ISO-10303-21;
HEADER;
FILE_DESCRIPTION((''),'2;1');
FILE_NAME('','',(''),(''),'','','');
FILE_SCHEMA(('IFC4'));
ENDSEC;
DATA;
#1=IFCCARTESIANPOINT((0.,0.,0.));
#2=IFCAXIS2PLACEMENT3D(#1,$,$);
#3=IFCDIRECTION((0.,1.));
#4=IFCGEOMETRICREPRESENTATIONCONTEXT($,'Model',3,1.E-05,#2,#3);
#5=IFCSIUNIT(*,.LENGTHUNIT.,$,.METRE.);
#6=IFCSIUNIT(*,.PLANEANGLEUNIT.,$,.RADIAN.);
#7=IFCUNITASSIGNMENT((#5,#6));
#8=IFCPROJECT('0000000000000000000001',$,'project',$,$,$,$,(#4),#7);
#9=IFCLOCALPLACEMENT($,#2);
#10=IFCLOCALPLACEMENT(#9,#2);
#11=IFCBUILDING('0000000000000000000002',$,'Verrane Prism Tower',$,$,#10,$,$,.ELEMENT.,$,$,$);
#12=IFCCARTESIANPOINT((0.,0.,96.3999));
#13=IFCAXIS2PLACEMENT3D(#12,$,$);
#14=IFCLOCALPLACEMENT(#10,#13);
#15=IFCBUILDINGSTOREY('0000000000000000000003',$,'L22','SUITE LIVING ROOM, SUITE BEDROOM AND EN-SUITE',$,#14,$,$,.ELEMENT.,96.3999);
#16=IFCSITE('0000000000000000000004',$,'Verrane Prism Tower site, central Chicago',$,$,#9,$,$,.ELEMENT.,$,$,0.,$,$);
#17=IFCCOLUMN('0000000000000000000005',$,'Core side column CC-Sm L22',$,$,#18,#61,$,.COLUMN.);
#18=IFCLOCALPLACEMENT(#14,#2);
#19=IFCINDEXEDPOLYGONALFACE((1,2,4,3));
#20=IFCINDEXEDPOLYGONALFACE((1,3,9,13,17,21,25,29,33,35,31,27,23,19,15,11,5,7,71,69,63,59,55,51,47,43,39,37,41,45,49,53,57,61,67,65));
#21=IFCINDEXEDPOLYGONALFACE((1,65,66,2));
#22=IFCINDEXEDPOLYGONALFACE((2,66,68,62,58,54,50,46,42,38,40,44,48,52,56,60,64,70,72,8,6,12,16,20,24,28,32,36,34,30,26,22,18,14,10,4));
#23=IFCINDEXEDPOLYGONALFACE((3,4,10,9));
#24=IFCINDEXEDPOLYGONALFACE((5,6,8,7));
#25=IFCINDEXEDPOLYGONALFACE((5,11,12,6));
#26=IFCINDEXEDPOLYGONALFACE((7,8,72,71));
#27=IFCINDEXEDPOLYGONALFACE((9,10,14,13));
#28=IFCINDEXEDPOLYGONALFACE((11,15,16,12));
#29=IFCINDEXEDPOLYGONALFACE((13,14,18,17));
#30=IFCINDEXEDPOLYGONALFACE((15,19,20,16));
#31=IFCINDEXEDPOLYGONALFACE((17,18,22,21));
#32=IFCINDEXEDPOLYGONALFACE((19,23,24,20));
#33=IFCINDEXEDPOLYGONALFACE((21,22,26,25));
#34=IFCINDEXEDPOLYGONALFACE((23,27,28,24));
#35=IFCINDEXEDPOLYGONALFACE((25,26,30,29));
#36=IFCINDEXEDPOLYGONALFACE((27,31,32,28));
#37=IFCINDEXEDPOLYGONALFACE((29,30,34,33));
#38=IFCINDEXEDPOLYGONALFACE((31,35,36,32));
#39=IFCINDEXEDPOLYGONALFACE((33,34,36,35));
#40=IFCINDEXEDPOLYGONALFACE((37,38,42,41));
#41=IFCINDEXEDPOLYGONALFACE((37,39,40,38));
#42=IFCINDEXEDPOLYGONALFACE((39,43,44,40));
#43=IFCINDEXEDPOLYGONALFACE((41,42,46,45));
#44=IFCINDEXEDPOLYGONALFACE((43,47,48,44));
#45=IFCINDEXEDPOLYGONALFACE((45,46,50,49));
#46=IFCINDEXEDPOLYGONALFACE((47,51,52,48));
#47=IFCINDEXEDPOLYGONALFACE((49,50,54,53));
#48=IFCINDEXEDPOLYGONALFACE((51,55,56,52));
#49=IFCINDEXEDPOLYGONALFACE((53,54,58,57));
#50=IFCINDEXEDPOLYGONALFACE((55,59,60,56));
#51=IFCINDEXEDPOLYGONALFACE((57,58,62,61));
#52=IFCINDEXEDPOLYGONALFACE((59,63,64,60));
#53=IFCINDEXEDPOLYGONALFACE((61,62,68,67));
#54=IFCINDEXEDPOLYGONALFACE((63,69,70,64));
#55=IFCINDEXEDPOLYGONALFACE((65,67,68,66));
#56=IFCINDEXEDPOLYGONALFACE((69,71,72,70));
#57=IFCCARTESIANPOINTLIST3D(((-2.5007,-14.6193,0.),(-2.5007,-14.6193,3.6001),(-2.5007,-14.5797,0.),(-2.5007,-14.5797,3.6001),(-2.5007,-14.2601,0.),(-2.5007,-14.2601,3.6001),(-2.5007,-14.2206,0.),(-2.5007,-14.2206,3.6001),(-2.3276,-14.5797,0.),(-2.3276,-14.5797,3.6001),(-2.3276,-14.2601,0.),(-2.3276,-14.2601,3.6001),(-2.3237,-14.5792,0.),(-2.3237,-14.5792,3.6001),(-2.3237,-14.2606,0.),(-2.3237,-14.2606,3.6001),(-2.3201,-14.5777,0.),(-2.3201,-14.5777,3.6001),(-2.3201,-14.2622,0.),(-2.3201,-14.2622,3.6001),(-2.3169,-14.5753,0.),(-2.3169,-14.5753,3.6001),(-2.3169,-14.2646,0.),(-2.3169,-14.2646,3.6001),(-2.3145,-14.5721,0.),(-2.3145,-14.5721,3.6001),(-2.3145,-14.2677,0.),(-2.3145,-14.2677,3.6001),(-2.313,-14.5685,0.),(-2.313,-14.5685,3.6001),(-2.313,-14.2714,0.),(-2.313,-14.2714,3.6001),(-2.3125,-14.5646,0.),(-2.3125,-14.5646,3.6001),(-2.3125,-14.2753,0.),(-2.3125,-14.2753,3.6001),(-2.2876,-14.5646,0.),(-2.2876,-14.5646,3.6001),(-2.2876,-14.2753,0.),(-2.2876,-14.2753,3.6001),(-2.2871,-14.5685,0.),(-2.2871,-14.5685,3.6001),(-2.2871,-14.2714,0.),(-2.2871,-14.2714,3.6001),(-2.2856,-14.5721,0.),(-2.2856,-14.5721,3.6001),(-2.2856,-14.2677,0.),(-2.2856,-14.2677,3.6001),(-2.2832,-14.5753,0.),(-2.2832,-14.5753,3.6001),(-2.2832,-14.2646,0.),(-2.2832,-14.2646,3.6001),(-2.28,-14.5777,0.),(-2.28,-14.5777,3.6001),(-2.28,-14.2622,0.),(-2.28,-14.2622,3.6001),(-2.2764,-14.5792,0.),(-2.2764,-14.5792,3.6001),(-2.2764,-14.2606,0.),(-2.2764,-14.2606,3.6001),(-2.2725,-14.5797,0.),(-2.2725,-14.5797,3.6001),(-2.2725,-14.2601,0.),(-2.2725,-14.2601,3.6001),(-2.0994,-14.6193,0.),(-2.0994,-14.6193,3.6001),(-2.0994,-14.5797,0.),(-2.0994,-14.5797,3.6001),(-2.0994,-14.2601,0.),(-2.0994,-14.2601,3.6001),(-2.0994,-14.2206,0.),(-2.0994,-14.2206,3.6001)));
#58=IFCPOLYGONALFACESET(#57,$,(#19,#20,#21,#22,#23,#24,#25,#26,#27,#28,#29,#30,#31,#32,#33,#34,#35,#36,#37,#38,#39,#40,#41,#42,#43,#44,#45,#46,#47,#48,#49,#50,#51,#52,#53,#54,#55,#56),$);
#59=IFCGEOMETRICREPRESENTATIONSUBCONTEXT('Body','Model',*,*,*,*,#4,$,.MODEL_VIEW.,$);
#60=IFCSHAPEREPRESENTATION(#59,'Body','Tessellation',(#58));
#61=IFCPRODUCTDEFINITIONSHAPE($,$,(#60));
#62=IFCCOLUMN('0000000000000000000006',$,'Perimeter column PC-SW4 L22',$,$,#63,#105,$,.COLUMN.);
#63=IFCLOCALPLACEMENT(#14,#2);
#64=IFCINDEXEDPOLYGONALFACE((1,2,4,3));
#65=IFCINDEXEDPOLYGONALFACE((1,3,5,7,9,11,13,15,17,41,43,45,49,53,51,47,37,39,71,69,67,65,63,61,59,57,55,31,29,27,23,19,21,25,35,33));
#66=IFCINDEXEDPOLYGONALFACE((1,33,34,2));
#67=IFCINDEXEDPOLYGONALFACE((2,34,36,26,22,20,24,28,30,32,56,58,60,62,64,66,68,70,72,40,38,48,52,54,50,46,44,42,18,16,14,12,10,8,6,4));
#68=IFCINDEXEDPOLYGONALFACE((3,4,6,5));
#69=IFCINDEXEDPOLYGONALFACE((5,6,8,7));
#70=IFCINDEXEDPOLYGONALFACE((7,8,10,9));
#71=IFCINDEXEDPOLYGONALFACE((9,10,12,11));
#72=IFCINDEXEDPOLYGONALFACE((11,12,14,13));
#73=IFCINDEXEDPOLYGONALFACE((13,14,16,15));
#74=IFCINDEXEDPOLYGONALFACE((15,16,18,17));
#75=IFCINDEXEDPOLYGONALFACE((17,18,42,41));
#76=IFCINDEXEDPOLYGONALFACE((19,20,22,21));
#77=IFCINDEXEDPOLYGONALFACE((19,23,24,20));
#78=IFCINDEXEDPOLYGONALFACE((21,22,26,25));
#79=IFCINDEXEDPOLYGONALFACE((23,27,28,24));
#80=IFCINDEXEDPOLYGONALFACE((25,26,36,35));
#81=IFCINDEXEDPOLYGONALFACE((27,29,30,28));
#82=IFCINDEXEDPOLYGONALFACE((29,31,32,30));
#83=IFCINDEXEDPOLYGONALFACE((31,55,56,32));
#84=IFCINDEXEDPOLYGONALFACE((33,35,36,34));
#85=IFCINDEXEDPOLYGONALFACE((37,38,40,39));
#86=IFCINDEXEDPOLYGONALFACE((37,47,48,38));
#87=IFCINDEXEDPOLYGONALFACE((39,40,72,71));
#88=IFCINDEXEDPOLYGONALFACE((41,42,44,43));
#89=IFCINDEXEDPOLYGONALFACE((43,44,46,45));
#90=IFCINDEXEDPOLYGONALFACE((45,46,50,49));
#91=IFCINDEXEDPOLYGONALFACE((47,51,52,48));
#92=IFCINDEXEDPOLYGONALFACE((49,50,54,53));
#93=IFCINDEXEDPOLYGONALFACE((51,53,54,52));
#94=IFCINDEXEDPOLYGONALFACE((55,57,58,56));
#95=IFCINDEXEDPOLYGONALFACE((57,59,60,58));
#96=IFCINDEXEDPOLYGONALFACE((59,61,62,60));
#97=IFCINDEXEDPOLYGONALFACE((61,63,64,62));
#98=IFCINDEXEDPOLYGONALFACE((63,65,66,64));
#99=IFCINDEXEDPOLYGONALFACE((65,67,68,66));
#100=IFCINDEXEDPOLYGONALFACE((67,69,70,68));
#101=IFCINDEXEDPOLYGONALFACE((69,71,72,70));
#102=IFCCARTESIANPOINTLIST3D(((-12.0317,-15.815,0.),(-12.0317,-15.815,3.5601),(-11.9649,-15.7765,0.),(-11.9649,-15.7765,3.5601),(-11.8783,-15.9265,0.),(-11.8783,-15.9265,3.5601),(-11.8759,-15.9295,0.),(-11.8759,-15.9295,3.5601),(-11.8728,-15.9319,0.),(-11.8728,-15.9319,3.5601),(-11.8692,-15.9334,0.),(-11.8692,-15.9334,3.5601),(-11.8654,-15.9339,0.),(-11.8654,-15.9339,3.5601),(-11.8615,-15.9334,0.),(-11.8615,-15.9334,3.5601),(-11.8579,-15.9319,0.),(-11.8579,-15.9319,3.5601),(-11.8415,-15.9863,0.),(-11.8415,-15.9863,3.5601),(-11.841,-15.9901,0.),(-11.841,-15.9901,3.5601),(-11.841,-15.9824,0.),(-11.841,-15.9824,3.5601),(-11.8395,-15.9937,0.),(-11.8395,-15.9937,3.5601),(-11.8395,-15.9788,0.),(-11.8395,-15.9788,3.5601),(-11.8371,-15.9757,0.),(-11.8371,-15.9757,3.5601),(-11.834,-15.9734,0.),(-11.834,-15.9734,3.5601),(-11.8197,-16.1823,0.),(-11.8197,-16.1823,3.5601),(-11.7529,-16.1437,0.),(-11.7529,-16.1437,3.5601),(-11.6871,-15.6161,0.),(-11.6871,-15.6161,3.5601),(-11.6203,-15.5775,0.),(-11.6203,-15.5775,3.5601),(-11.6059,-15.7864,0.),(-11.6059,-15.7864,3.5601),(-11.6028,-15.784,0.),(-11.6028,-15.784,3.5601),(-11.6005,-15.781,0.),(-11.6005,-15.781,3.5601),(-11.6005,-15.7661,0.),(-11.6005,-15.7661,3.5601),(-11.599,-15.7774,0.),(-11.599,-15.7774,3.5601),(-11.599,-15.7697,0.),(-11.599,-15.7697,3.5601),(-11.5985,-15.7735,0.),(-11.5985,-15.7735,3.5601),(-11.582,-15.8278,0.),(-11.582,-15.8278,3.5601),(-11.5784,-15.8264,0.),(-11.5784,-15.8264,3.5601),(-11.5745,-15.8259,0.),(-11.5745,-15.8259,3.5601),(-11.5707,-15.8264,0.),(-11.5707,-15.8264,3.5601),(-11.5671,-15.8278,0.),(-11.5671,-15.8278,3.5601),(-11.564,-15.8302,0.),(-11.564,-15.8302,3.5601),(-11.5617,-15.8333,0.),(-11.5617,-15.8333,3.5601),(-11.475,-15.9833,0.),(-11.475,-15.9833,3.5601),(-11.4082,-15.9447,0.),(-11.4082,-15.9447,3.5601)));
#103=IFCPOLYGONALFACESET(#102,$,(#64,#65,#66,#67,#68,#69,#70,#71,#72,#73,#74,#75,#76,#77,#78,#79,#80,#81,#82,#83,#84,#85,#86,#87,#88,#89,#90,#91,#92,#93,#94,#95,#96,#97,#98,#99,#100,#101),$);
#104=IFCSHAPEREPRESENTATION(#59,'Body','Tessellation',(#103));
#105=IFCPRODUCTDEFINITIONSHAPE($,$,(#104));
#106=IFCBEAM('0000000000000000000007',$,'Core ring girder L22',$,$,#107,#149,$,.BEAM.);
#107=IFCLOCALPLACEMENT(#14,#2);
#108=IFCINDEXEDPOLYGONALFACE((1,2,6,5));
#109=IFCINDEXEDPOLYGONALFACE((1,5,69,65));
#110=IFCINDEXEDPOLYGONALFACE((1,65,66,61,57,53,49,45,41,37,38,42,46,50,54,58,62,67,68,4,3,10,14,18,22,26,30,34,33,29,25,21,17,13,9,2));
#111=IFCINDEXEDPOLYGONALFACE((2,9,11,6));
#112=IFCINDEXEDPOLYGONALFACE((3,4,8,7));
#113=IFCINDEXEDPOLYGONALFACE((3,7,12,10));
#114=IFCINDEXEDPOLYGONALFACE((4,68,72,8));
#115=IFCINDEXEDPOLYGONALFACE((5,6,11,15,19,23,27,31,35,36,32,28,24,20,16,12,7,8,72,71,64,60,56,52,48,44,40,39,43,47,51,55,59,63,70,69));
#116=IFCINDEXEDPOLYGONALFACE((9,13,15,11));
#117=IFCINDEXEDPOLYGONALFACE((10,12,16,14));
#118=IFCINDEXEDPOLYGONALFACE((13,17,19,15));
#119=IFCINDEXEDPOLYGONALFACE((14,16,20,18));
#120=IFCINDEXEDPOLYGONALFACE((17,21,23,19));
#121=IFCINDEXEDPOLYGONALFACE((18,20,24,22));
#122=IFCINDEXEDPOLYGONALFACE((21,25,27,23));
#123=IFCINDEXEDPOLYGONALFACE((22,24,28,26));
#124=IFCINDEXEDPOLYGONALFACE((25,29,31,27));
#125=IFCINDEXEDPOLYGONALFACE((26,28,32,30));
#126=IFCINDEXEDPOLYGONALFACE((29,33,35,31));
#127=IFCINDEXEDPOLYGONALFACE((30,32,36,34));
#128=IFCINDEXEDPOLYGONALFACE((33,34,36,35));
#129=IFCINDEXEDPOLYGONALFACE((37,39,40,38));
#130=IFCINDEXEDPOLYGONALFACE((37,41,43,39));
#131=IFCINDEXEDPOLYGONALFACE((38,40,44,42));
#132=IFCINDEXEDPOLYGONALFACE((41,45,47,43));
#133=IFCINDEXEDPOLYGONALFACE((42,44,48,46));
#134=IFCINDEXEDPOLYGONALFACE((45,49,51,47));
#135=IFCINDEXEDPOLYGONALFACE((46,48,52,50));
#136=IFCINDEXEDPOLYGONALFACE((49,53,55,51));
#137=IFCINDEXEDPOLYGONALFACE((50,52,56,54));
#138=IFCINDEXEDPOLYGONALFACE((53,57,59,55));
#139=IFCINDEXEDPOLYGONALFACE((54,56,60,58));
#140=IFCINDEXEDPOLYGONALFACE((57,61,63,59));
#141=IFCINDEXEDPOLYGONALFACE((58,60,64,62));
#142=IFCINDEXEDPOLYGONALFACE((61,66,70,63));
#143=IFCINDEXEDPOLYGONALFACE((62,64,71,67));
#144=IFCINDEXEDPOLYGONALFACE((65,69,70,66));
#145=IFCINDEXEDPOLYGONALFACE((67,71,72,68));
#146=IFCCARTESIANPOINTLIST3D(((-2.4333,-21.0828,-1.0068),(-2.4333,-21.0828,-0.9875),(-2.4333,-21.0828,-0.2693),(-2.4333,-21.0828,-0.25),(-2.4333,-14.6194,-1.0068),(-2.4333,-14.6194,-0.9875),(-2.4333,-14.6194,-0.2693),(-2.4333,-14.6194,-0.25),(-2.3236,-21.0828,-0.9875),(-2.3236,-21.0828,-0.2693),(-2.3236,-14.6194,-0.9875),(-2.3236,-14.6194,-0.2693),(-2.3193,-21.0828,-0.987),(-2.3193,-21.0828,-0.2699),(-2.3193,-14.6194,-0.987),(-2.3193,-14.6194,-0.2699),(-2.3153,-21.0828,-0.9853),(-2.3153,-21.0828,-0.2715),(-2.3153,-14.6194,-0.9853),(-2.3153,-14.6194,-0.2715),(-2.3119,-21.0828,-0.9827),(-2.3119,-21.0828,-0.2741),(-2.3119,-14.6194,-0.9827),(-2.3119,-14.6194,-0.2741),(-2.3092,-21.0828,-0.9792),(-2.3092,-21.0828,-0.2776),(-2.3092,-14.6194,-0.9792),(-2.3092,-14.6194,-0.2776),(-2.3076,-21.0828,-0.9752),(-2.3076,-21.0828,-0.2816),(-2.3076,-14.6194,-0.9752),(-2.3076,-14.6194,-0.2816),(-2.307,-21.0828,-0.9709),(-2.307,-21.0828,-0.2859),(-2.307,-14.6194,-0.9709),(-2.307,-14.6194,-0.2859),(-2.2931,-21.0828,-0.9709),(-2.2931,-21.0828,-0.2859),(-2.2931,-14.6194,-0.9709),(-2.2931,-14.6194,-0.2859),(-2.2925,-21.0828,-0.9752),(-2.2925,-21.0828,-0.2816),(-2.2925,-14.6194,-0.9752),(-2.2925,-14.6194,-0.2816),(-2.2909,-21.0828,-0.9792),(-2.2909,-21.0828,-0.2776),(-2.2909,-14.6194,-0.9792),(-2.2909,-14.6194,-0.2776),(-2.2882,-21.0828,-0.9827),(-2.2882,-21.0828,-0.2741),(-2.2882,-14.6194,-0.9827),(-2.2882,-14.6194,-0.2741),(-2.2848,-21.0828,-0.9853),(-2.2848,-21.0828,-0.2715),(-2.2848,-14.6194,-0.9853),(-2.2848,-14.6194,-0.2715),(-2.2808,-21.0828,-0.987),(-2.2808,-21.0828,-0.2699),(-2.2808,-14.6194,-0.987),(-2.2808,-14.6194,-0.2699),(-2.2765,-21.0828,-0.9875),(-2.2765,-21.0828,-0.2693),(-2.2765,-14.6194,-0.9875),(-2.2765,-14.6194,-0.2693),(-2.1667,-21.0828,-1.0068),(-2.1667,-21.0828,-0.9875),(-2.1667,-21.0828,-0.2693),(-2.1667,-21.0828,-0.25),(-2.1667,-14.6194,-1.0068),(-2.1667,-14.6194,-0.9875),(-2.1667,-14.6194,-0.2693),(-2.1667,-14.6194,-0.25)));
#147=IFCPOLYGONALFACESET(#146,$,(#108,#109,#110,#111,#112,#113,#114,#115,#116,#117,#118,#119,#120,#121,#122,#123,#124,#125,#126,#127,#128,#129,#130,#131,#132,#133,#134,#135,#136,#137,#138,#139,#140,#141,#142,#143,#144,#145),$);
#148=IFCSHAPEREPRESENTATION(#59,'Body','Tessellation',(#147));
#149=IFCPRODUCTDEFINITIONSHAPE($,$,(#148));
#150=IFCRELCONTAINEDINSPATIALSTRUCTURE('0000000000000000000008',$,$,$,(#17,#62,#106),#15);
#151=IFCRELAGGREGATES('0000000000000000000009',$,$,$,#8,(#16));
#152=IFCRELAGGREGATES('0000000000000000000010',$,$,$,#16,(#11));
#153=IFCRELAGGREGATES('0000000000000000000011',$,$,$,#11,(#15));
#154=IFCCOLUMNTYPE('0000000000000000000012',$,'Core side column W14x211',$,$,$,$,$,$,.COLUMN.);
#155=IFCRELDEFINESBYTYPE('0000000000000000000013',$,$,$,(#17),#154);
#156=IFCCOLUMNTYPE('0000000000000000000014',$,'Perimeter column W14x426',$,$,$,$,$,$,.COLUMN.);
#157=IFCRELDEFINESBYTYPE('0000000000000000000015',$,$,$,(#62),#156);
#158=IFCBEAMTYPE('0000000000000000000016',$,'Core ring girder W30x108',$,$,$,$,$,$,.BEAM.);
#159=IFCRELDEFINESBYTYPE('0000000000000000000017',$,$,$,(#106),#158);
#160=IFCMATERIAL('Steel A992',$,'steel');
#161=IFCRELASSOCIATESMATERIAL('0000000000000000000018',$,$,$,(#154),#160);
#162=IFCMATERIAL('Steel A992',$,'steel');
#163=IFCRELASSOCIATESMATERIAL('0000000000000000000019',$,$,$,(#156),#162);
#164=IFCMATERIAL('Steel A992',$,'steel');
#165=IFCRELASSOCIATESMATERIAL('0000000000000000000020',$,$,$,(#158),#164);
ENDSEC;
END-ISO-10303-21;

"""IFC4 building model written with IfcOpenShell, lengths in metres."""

from ifc_helpers import new_model, si_unit, direction, frame, origin, origin_2d, place, context, subcontext, project, spatial, i_section, extrude, material, material_profile, profile_set, type_object, element, save


model = new_model("IFC4")

# Units and contexts
model_context = context("Model", 3, precision=1e-05, world=origin(), true_north=direction((0.0, 1.0)))
body_context = subcontext(model_context, "Body", "Model", "MODEL_VIEW")
ifc_project = project(units=[si_unit("LENGTHUNIT", "METRE"), si_unit("PLANEANGLEUNIT", "RADIAN")], contexts=[model_context])

# Site, building, storey
site_placement = place(None, origin())
site = spatial("IfcSite", under=ifc_project, at=site_placement, Name="Verrane Prism Tower site, central Chicago", CompositionType="ELEMENT", RefElevation=0.0)
building_placement = place(site_placement, origin())
building = spatial("IfcBuilding", under=site, at=building_placement, Name="Verrane Prism Tower", CompositionType="ELEMENT")
storey_placement = place(building_placement, frame((0.0, 0.0, 96.3999)))
storey = spatial("IfcBuildingStorey", under=building, at=storey_placement, Name="L22", Description="SUITE LIVING ROOM, SUITE BEDROOM AND EN-SUITE", CompositionType="ELEMENT", Elevation=96.3999)

# Columns
ifc_material_1 = material(Name="Steel A992", Category="steel")
ifc_material_profile_1 = material_profile(ifc_material_1, i_section(OverallWidth=0.4014, OverallDepth=0.3987, WebThickness=0.0249, FlangeThickness=0.0396, FilletRadius=0.0151, at=origin_2d()), Name="W14x211")
ifc_profile_set_1 = profile_set([ifc_material_profile_1], Name="Steel A992")
column_type_1 = type_object("IfcColumnType", Name="Core side column W14x211", PredefinedType="COLUMN", material=ifc_profile_set_1)
column_1_placement = place(storey_placement, frame((-2.3, -14.4199, 0.0), z_axis=(0.0, 0.0, 1.0), x_axis=(1.0, 0.0, 0.0)))
element("IfcColumn", 1, at=column_1_placement, inside=storey, type_object=column_type_1, Name="Core side column CC-Sm L22", PredefinedType="COLUMN", context=body_context, shape_type="SweptSolid", body=[
    extrude(i_section(OverallWidth=0.4014, OverallDepth=0.3987, WebThickness=0.0249, FlangeThickness=0.0396, FilletRadius=0.0151, at=origin_2d()), origin(), (0.0, 0.0, 1.0), 3.6001),
])
ifc_material_2 = material(Name="Steel A992", Category="steel")
ifc_material_profile_2 = material_profile(ifc_material_2, i_section(OverallWidth=0.4241, OverallDepth=0.4751, WebThickness=0.0479, FlangeThickness=0.0771, FilletRadius=0.0149, at=origin_2d()), Name="W14x426")
ifc_profile_set_2 = profile_set([ifc_material_profile_2], Name="Steel A992")
column_type_2 = type_object("IfcColumnType", Name="Perimeter column W14x426", PredefinedType="COLUMN", material=ifc_profile_set_2)
column_2_placement = place(storey_placement, frame((-11.72, -15.8799, 0.0), z_axis=(0.0, 0.0, 1.0), x_axis=(-0.5, 0.866025, 0.0)))
element("IfcColumn", 2, at=column_2_placement, inside=storey, type_object=column_type_2, Name="Perimeter column PC-SW4 L22", PredefinedType="COLUMN", context=body_context, shape_type="SweptSolid", body=[
    extrude(i_section(OverallWidth=0.4241, OverallDepth=0.4751, WebThickness=0.0479, FlangeThickness=0.0771, FilletRadius=0.0149, at=origin_2d()), origin(), (0.0, 0.0, 1.0), 3.5601),
])

# Beam
ifc_material_3 = material(Name="Steel A992", Category="steel")
ifc_material_profile_3 = material_profile(ifc_material_3, i_section(OverallWidth=0.2666, OverallDepth=0.7568, WebThickness=0.0139, FlangeThickness=0.0193, FilletRadius=0.0166, at=origin_2d()), Name="W30x108")
ifc_profile_set_3 = profile_set([ifc_material_profile_3], Name="Steel A992")
beam_type_1 = type_object("IfcBeamType", Name="Core ring girder W30x108", PredefinedType="BEAM", material=ifc_profile_set_3)
beam_1_placement = place(storey_placement, frame((-2.3, -14.6194, -0.6284), z_axis=(0.0, -1.0, 0.0), x_axis=(1.0, 0.0, 0.0)))
element("IfcBeam", 3, at=beam_1_placement, inside=storey, type_object=beam_type_1, Name="Core ring girder L22", PredefinedType="BEAM", context=body_context, shape_type="SweptSolid", body=[
    extrude(i_section(OverallWidth=0.2666, OverallDepth=0.7568, WebThickness=0.0139, FlangeThickness=0.0193, FilletRadius=0.0166, at=origin_2d()), origin(), (0.0, 0.0, 1.0), 6.4634),
])

save(model, "model.ifc")
